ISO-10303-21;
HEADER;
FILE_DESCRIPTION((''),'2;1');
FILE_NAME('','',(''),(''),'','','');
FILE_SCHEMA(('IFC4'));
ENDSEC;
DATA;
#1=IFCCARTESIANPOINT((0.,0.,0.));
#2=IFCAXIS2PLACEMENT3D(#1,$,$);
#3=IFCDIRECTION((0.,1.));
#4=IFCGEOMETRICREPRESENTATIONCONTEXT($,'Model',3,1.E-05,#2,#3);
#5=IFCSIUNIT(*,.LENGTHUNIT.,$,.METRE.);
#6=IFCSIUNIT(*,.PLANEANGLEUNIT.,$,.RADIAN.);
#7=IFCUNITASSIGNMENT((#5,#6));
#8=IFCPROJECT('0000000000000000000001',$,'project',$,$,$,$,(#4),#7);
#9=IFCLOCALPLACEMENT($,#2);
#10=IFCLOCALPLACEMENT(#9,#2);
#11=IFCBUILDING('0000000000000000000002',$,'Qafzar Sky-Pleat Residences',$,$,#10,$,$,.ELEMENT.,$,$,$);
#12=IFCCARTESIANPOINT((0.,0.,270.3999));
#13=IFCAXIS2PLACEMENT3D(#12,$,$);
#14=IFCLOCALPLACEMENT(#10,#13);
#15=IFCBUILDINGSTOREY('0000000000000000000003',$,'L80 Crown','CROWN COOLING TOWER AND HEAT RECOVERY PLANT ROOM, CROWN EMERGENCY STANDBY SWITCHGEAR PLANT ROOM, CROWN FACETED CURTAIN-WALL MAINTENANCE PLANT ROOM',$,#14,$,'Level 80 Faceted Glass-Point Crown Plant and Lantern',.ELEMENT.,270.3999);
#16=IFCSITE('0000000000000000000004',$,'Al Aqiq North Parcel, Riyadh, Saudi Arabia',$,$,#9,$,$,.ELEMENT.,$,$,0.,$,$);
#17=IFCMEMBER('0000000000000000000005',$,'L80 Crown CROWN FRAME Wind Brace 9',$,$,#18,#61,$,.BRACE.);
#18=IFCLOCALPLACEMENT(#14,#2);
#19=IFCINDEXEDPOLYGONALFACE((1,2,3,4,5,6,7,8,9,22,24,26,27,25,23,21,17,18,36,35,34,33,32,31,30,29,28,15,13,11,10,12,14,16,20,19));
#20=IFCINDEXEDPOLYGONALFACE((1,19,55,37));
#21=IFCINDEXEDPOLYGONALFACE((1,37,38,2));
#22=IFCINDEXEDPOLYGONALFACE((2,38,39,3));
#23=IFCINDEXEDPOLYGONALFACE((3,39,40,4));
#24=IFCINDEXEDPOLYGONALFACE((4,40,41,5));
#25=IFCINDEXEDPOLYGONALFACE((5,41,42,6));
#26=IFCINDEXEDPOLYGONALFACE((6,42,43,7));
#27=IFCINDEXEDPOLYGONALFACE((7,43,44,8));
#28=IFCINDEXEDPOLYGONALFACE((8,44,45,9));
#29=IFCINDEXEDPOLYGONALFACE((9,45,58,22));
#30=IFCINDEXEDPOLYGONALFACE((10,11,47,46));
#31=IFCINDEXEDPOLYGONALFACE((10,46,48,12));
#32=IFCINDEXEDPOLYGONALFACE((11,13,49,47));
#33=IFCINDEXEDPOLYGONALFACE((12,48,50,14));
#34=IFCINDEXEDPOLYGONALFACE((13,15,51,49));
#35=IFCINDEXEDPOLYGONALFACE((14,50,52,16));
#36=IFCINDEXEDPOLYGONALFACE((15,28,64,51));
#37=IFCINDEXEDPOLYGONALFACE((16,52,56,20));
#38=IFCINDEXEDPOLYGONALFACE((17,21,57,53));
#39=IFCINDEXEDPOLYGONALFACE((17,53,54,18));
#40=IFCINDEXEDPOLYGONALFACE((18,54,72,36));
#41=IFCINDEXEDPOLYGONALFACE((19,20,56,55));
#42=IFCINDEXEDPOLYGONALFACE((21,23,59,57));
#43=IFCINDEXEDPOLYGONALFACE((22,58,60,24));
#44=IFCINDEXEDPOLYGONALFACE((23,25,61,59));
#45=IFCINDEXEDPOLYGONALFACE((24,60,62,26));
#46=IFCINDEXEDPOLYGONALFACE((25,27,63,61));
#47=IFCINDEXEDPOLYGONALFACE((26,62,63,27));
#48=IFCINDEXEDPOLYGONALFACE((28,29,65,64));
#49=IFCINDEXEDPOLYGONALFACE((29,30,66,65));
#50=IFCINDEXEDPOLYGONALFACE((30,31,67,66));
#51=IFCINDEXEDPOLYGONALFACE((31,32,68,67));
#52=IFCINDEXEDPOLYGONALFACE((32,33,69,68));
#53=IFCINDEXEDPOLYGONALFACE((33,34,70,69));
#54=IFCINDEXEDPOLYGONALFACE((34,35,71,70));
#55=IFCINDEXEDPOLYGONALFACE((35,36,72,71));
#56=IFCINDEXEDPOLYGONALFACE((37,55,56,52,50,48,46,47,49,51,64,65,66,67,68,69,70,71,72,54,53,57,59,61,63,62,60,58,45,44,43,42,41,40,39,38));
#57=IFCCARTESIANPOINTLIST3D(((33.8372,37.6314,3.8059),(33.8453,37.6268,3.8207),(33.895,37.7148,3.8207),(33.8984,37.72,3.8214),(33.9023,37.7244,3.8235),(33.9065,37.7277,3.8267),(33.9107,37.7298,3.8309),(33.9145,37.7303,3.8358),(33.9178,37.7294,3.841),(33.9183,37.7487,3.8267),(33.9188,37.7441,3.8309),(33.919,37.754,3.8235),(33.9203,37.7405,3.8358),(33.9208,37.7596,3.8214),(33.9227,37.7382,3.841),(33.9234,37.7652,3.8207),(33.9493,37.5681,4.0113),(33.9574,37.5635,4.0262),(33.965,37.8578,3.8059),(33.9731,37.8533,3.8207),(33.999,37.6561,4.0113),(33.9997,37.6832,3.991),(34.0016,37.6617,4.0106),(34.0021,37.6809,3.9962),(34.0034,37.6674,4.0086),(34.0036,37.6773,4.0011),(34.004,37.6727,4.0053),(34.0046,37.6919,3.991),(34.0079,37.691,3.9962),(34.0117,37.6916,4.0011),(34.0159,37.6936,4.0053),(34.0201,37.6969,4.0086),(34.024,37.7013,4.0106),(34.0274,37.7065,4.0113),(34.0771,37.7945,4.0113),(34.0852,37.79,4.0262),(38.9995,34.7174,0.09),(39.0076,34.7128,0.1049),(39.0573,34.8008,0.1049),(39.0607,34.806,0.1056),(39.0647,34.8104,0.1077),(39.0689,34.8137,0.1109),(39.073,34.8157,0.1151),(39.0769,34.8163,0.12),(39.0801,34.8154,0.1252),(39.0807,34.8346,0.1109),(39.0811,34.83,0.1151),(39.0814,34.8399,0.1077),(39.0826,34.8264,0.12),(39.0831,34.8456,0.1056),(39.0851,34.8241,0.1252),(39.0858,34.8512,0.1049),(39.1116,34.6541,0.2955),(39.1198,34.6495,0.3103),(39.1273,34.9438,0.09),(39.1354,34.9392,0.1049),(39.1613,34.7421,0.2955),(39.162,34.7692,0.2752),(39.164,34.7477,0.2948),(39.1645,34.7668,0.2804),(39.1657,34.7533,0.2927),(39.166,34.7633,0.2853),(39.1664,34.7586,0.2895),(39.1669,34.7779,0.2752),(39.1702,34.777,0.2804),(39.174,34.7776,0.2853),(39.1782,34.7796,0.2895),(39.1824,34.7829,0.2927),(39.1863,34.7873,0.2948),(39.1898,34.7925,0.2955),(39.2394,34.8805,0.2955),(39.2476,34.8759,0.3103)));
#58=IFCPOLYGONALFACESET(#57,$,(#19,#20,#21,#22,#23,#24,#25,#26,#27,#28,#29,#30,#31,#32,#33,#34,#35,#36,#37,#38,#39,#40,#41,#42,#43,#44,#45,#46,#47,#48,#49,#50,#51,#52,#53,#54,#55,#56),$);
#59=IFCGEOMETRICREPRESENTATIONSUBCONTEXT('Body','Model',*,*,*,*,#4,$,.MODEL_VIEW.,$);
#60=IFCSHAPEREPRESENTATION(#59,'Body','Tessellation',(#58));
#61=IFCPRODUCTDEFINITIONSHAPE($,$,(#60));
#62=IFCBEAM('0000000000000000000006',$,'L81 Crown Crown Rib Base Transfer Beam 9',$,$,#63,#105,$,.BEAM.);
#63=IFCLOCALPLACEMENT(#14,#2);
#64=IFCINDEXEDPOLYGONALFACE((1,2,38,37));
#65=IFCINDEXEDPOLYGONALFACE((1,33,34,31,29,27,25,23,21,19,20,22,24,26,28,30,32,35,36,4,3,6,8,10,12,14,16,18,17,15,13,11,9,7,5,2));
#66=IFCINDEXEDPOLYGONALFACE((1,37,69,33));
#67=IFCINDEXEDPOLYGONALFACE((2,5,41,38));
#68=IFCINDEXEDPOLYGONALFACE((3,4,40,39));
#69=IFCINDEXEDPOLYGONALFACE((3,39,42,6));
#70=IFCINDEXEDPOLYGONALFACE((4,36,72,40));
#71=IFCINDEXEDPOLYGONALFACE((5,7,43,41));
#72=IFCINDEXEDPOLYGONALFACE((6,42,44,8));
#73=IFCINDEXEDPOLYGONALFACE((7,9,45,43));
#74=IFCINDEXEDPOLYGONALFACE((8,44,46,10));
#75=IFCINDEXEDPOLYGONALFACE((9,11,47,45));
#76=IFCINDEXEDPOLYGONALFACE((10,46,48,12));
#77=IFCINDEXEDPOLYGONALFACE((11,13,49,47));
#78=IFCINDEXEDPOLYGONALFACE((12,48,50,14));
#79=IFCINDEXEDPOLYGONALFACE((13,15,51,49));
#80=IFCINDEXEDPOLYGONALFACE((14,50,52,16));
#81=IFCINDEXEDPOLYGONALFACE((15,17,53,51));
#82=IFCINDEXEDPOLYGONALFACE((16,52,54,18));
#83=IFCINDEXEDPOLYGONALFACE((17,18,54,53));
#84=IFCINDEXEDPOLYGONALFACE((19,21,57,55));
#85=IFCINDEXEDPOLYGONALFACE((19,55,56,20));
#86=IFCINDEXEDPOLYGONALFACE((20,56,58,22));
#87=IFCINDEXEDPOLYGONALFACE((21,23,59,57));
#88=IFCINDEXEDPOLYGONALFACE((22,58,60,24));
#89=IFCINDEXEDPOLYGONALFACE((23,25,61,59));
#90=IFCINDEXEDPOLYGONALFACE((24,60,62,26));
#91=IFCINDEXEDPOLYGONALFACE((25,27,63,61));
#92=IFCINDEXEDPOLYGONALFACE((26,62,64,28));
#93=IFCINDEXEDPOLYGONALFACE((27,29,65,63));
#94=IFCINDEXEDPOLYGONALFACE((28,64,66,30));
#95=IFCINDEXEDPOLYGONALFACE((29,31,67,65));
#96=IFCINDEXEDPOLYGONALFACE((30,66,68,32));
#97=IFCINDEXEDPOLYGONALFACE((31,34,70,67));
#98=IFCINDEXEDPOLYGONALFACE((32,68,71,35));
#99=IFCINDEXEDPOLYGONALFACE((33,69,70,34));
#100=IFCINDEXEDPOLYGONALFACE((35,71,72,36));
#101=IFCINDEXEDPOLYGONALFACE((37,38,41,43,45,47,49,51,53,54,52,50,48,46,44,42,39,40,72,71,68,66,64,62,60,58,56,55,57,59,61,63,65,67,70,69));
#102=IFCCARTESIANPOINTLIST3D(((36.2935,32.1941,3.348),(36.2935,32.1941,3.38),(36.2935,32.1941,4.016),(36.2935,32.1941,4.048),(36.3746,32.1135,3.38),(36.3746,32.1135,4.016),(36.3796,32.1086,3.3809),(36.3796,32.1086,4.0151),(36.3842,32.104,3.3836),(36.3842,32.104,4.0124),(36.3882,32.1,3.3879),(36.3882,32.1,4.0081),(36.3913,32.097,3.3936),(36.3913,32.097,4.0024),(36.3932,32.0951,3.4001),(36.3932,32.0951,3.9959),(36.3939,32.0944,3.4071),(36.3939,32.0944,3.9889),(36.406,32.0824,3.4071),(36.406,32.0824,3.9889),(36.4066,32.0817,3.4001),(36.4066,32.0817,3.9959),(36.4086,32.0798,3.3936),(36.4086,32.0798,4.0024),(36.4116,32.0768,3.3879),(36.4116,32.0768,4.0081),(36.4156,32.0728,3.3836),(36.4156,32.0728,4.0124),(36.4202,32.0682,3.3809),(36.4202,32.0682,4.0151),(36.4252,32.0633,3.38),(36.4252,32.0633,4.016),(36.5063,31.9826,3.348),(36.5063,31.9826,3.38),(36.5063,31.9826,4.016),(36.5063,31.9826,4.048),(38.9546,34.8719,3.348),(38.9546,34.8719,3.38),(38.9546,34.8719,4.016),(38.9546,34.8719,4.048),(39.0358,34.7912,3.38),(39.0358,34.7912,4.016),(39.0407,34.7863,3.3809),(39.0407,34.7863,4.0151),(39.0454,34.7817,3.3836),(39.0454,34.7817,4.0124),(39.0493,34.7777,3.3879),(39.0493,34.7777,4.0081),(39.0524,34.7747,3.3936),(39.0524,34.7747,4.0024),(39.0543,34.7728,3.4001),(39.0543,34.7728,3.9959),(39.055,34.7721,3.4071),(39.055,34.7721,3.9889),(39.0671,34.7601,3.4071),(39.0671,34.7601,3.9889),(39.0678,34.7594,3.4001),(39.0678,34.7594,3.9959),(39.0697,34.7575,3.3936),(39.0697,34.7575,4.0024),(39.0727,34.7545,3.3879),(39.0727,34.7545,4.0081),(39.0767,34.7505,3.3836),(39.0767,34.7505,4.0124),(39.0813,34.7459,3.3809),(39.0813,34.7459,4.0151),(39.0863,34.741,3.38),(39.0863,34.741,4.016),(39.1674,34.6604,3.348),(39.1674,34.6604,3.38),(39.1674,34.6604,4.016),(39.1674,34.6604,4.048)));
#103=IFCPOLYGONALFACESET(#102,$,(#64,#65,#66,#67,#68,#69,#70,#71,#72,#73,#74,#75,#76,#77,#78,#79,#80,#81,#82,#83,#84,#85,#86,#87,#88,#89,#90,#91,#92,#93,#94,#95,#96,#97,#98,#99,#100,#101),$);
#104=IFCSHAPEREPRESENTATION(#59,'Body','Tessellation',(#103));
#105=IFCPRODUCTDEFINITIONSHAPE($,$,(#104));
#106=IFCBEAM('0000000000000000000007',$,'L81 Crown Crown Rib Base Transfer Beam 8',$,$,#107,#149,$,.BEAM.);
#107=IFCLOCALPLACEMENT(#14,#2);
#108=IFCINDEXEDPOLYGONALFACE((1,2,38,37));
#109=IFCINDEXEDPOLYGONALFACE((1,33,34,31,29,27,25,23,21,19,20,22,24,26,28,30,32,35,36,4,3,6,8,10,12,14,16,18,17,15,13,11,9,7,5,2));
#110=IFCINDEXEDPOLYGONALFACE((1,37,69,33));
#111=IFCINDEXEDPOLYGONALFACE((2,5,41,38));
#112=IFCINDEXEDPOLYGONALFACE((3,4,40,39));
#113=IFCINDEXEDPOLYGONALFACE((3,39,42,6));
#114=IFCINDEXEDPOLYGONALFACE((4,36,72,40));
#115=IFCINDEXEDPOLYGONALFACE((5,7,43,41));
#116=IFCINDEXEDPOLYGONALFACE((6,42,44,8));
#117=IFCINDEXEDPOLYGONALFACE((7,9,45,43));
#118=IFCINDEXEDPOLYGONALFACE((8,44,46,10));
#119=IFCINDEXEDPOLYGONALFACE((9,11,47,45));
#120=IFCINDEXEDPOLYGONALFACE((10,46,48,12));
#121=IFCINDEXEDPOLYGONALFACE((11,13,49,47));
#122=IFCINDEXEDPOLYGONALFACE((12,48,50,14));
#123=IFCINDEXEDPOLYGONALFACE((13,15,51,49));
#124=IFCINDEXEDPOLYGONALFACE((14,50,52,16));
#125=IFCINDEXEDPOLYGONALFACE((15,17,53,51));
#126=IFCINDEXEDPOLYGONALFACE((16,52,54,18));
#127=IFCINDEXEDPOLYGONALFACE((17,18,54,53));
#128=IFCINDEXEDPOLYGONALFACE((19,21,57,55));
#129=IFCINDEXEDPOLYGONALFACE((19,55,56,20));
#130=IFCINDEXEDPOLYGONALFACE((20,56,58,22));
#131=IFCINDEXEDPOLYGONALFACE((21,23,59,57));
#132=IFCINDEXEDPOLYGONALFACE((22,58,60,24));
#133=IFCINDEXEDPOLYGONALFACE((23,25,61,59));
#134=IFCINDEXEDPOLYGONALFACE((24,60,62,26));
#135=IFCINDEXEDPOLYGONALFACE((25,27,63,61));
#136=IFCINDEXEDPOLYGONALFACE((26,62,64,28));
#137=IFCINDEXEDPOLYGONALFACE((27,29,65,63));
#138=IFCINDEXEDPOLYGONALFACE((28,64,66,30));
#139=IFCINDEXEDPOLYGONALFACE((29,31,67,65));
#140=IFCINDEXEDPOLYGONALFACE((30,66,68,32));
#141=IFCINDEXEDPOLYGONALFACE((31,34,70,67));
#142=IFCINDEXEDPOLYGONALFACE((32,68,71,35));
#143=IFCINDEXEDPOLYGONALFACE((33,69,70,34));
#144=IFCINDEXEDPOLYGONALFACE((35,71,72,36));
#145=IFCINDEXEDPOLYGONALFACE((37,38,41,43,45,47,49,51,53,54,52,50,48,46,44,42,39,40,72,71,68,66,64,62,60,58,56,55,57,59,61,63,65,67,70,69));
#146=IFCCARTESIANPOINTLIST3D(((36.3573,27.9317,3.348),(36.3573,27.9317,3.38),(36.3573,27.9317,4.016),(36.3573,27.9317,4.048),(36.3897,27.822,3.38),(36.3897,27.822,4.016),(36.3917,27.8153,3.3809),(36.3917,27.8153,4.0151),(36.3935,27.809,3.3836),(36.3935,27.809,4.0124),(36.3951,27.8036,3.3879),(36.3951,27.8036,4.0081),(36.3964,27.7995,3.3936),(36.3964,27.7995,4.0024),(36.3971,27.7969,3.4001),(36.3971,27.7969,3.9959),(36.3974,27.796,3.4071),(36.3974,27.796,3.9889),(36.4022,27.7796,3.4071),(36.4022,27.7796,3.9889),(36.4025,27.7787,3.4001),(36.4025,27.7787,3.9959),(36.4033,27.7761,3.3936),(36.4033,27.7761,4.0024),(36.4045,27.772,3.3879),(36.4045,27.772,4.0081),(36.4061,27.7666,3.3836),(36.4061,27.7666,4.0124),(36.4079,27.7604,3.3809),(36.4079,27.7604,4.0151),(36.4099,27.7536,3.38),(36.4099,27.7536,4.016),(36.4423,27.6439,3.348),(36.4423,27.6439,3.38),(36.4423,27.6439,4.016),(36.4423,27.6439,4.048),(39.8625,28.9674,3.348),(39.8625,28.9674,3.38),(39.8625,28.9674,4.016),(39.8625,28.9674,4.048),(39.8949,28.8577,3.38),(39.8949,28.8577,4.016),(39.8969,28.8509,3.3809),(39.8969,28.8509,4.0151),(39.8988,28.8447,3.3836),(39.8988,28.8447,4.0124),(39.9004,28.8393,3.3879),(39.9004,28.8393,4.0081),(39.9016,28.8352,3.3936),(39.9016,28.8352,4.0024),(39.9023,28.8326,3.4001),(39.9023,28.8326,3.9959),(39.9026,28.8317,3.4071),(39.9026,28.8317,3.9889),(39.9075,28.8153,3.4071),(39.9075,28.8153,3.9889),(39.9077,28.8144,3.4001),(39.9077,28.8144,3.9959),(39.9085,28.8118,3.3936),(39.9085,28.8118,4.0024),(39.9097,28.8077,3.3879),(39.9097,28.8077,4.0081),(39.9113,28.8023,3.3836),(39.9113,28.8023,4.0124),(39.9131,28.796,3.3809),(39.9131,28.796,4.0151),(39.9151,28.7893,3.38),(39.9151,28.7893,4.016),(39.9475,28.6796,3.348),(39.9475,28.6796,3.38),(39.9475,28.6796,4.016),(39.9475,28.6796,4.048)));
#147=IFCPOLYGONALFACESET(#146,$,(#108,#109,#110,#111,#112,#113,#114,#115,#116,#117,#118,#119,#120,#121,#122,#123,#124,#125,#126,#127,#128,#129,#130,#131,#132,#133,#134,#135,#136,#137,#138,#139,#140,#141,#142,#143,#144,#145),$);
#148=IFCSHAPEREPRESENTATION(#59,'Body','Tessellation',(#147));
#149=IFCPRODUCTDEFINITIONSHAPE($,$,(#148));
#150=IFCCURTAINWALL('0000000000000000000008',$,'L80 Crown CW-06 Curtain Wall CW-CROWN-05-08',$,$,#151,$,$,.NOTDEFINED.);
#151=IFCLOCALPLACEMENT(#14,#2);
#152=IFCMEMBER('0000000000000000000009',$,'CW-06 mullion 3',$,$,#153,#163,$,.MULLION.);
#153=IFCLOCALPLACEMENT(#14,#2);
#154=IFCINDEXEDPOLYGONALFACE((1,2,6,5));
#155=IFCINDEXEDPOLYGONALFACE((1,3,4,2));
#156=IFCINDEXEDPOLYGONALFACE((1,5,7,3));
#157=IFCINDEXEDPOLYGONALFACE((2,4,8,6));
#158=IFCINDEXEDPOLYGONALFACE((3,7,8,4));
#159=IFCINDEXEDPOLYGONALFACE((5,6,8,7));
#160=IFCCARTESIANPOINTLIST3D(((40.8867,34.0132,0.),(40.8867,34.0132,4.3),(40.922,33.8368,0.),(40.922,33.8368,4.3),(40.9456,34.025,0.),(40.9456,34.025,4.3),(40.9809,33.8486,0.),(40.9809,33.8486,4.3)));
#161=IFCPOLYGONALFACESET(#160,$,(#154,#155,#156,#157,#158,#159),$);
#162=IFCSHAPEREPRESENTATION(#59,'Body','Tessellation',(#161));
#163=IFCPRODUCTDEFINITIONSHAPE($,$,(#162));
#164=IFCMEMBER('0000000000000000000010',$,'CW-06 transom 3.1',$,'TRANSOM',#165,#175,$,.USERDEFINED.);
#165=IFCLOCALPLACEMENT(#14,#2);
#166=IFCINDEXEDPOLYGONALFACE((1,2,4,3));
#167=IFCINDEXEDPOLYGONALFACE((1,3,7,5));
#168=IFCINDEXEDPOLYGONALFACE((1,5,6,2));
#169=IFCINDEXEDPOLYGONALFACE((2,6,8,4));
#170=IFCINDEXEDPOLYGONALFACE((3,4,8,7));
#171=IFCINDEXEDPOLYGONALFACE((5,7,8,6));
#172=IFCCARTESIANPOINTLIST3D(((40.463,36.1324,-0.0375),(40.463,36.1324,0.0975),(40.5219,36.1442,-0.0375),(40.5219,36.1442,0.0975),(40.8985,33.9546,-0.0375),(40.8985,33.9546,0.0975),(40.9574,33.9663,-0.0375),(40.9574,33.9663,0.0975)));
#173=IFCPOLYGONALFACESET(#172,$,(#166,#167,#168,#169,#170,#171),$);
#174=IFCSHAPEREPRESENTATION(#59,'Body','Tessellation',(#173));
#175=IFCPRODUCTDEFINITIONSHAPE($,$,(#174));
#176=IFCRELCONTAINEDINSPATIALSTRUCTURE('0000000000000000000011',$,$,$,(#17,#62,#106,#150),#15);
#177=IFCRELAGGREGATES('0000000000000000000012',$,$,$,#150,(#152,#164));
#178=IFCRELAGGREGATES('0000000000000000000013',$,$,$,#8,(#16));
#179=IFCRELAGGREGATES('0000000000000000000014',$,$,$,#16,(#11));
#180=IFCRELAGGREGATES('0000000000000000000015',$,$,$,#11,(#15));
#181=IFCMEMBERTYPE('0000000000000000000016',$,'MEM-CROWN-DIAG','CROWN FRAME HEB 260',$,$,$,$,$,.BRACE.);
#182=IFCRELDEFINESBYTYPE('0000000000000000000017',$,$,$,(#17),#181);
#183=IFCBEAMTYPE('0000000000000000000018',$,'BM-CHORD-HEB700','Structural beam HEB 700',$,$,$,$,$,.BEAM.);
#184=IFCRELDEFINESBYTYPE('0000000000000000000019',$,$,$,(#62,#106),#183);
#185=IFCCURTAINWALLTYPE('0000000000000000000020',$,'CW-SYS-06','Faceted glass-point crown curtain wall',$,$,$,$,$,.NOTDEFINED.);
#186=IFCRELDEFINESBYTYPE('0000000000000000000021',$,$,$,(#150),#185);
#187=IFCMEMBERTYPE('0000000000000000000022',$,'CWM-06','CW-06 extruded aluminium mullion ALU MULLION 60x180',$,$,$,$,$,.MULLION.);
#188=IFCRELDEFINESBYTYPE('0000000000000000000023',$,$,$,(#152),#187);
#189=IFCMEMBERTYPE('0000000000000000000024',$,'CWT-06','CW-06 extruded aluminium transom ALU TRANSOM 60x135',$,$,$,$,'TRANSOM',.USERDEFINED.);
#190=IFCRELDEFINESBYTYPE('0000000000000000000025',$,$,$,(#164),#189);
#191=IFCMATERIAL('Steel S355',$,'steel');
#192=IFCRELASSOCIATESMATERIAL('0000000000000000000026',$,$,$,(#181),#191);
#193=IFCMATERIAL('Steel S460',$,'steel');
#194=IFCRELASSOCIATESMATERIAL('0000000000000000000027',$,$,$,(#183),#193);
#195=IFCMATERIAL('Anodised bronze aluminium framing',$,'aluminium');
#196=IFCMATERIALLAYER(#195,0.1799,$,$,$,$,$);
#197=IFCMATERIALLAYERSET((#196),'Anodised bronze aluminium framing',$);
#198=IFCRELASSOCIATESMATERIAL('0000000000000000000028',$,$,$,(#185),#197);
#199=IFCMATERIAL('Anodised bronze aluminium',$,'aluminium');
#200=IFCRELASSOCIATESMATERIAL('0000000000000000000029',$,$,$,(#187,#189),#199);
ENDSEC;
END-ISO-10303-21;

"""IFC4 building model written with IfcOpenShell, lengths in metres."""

from ifc_helpers import new_model, si_unit, direction, frame, origin, origin_2d, place, context, subcontext, project, spatial, rectangle, i_section, extrude, source, transform, mapped, material, layer, layer_set, material_profile, profile_set, type_object, element, aggregate, save


model = new_model("IFC4")

# Units and contexts
model_context = context("Model", 3, precision=1e-05, world=origin(), true_north=direction((0.0, 1.0)))
body_context = subcontext(model_context, "Body", "Model", "MODEL_VIEW")
ifc_project = project(units=[si_unit("LENGTHUNIT", "METRE"), si_unit("PLANEANGLEUNIT", "RADIAN")], contexts=[model_context])

# Site, building, storey
site_placement = place(None, origin())
site = spatial("IfcSite", under=ifc_project, at=site_placement, Name="Al Aqiq North Parcel, Riyadh, Saudi Arabia", CompositionType="ELEMENT", RefElevation=0.0)
building_placement = place(site_placement, origin())
building = spatial("IfcBuilding", under=site, at=building_placement, Name="Qafzar Sky-Pleat Residences", CompositionType="ELEMENT")
storey_placement = place(building_placement, frame((0.0, 0.0, 270.3999)))
storey = spatial("IfcBuildingStorey", under=building, at=storey_placement, Name="L80 Crown", Description="CROWN COOLING TOWER AND HEAT RECOVERY PLANT ROOM, CROWN EMERGENCY STANDBY SWITCHGEAR PLANT ROOM, CROWN FACETED CURTAIN-WALL MAINTENANCE PLANT ROOM", LongName="Level 80 Faceted Glass-Point Crown Plant and Lantern", CompositionType="ELEMENT", Elevation=270.3999)

# Member
ifc_material_1 = material(Name="Steel S460", Category="steel")
ifc_material_2 = material(Name="Steel S355", Category="steel")
ifc_material_profile_1 = material_profile(ifc_material_2, i_section(OverallWidth=0.26, OverallDepth=0.26, WebThickness=0.01, FlangeThickness=0.0176, FilletRadius=0.0239, at=origin_2d()), Name="HEB 260")
ifc_profile_set_1 = profile_set([ifc_material_profile_1], Name="Steel S355")
member_type_1 = type_object("IfcMemberType", Name="MEM-CROWN-DIAG", Description="CROWN FRAME HEB 260", PredefinedType="BRACE", material=ifc_profile_set_1)
shared_shape_1 = source(origin(), body_context, "Body", "SweptSolid", [
    extrude(i_section(OverallWidth=0.26, OverallDepth=0.26, WebThickness=0.01, FlangeThickness=0.0176, FilletRadius=0.0239, at=origin_2d()), origin(), (0.0, 0.0, 1.0), 6.9963),
])
member_1_placement = place(storey_placement, frame((39.1235, 34.7966, 0.2002), z_axis=(-0.737863, 0.416512, 0.531108), x_axis=(-0.491573, -0.870837, 0.0)))
element("IfcMember", 1, at=member_1_placement, inside=storey, type_object=member_type_1, Name="L80 Crown CROWN FRAME Wind Brace 9", PredefinedType="BRACE", context=body_context, shape_type="MappedRepresentation", body=[
    mapped(shared_shape_1, transform((0.0, 0.0, 0.0), x_axis=(1.0, 0.0, 0.0), y_axis=(0.0, 1.0, 0.0), z_axis=(0.0, 0.0, 1.0), scale=1.0)),
])

# Beams
ifc_material_profile_2 = material_profile(ifc_material_1, i_section(OverallWidth=0.3, OverallDepth=0.7, WebThickness=0.0171, FlangeThickness=0.032, FilletRadius=0.0271, at=origin_2d()), Name="HEB 700")
ifc_profile_set_2 = profile_set([ifc_material_profile_2], Name="Steel S460")
beam_type = type_object("IfcBeamType", Name="BM-CHORD-HEB700", Description="Structural beam HEB 700", PredefinedType="BEAM", material=ifc_profile_set_2)
shared_shape_2 = source(origin(), body_context, "Body", "SweptSolid", [
    extrude(i_section(OverallWidth=0.3, OverallDepth=0.7, WebThickness=0.0171, FlangeThickness=0.032, FilletRadius=0.0271, at=origin_2d()), origin(), (0.0, 0.0, 1.0), 3.7751),
])
beam_1_placement = place(storey_placement, frame((39.061, 34.7661, 3.698), z_axis=(-0.704905, -0.709302, 0.0), x_axis=(0.709302, -0.704905, 0.0)))
element("IfcBeam", 2, at=beam_1_placement, inside=storey, type_object=beam_type, Name="L81 Crown Crown Rib Base Transfer Beam 9", PredefinedType="BEAM", context=body_context, shape_type="MappedRepresentation", body=[
    mapped(shared_shape_2, transform((0.0, 0.0, 0.0), x_axis=(1.0, 0.0, 0.0), y_axis=(0.0, 1.0, 0.0), z_axis=(0.0, 0.0, 1.0), scale=1.0)),
])
shared_shape_3 = source(origin(), body_context, "Body", "SweptSolid", [
    extrude(i_section(OverallWidth=0.3, OverallDepth=0.7, WebThickness=0.0171, FlangeThickness=0.032, FilletRadius=0.0271, at=origin_2d()), origin(), (0.0, 0.0, 1.0), 3.655),
])
beam_2_placement = place(storey_placement, frame((39.905, 28.8235, 3.698), z_axis=(-0.959015, -0.283356, 0.0), x_axis=(0.283356, -0.959015, 0.0)))
element("IfcBeam", 3, at=beam_2_placement, inside=storey, type_object=beam_type, Name="L81 Crown Crown Rib Base Transfer Beam 8", PredefinedType="BEAM", context=body_context, shape_type="MappedRepresentation", body=[
    mapped(shared_shape_3, transform((0.0, 0.0, 0.0), x_axis=(1.0, 0.0, 0.0), y_axis=(0.0, 1.0, 0.0), z_axis=(0.0, 0.0, 1.0), scale=1.0)),
])

# Curtain wall, members
ifc_material_3 = material(Name="Anodised bronze aluminium framing", Category="aluminium")
ifc_layer_1 = layer(ifc_material_3, 0.1799)
ifc_layer_set_1 = layer_set([ifc_layer_1], Name="Anodised bronze aluminium framing")
curtain_wall_type = type_object("IfcCurtainWallType", Name="CW-SYS-06", Description="Faceted glass-point crown curtain wall", PredefinedType="NOTDEFINED", material=ifc_layer_set_1)
curtain_wall_placement = place(storey_placement, origin())
curtain_wall = element("IfcCurtainWall", 4, at=curtain_wall_placement, inside=storey, type_object=curtain_wall_type, Name="L80 Crown CW-06 Curtain Wall CW-CROWN-05-08", PredefinedType="NOTDEFINED")
ifc_material_4 = material(Name="Anodised bronze aluminium", Category="aluminium")
ifc_material_profile_3 = material_profile(ifc_material_4, rectangle(XDim=0.0601, YDim=0.1799, at=origin_2d()), Name="ALU MULLION 60x180")
ifc_profile_set_3 = profile_set([ifc_material_profile_3], Name="Anodised bronze aluminium")
member_type_2 = type_object("IfcMemberType", Name="CWM-06", Description="CW-06 extruded aluminium mullion ALU MULLION 60x180", PredefinedType="MULLION", material=ifc_profile_set_3)
shared_shape_4 = source(origin(), body_context, "Body", "SweptSolid", [
    extrude(rectangle(XDim=0.0601, YDim=0.1799, at=origin_2d()), origin(), (0.0, 0.0, 1.0), 4.3),
])
member_2_placement = place(storey_placement, frame((40.9338, 33.9309, 0.0), z_axis=(0.0, 0.0, 1.0), x_axis=(-0.980581, -0.196116, 0.0)))
member_2 = element("IfcMember", 5, at=member_2_placement, type_object=member_type_2, Name="CW-06 mullion 3", PredefinedType="MULLION", context=body_context, shape_type="MappedRepresentation", body=[
    mapped(shared_shape_4, transform((0.0, 0.0, 0.0), x_axis=(1.0, 0.0, 0.0), y_axis=(0.0, 1.0, 0.0), z_axis=(0.0, 0.0, 1.0), scale=1.0)),
])
ifc_material_profile_4 = material_profile(ifc_material_4, rectangle(XDim=0.0601, YDim=0.135, at=origin_2d()), Name="ALU TRANSOM 60x135")
ifc_profile_set_4 = profile_set([ifc_material_profile_4], Name="Anodised bronze aluminium")
member_type_3 = type_object("IfcMemberType", Name="CWT-06", Description="CW-06 extruded aluminium transom ALU TRANSOM 60x135", ElementType="TRANSOM", PredefinedType="USERDEFINED", material=ifc_profile_set_4)
shared_shape_5 = source(origin(), body_context, "Body", "SweptSolid", [
    extrude(rectangle(XDim=0.0601, YDim=0.135, at=origin_2d()), origin(), (0.0, 0.0, 1.0), 2.2209),
])
member_3_placement = place(storey_placement, frame((40.928, 33.9604, 0.03), z_axis=(-0.196116, 0.980581, 0.0), x_axis=(-0.980581, -0.196116, 0.0)))
member_3 = element("IfcMember", 6, at=member_3_placement, type_object=member_type_3, Name="CW-06 transom 3.1", ObjectType="TRANSOM", PredefinedType="USERDEFINED", context=body_context, shape_type="MappedRepresentation", body=[
    mapped(shared_shape_5, transform((0.0, 0.0, 0.0), x_axis=(1.0, 0.0, 0.0), y_axis=(0.0, 1.0, 0.0), z_axis=(0.0, 0.0, 1.0), scale=1.0)),
])
aggregate(curtain_wall, [member_2, member_3])

save(model, "model.ifc")
